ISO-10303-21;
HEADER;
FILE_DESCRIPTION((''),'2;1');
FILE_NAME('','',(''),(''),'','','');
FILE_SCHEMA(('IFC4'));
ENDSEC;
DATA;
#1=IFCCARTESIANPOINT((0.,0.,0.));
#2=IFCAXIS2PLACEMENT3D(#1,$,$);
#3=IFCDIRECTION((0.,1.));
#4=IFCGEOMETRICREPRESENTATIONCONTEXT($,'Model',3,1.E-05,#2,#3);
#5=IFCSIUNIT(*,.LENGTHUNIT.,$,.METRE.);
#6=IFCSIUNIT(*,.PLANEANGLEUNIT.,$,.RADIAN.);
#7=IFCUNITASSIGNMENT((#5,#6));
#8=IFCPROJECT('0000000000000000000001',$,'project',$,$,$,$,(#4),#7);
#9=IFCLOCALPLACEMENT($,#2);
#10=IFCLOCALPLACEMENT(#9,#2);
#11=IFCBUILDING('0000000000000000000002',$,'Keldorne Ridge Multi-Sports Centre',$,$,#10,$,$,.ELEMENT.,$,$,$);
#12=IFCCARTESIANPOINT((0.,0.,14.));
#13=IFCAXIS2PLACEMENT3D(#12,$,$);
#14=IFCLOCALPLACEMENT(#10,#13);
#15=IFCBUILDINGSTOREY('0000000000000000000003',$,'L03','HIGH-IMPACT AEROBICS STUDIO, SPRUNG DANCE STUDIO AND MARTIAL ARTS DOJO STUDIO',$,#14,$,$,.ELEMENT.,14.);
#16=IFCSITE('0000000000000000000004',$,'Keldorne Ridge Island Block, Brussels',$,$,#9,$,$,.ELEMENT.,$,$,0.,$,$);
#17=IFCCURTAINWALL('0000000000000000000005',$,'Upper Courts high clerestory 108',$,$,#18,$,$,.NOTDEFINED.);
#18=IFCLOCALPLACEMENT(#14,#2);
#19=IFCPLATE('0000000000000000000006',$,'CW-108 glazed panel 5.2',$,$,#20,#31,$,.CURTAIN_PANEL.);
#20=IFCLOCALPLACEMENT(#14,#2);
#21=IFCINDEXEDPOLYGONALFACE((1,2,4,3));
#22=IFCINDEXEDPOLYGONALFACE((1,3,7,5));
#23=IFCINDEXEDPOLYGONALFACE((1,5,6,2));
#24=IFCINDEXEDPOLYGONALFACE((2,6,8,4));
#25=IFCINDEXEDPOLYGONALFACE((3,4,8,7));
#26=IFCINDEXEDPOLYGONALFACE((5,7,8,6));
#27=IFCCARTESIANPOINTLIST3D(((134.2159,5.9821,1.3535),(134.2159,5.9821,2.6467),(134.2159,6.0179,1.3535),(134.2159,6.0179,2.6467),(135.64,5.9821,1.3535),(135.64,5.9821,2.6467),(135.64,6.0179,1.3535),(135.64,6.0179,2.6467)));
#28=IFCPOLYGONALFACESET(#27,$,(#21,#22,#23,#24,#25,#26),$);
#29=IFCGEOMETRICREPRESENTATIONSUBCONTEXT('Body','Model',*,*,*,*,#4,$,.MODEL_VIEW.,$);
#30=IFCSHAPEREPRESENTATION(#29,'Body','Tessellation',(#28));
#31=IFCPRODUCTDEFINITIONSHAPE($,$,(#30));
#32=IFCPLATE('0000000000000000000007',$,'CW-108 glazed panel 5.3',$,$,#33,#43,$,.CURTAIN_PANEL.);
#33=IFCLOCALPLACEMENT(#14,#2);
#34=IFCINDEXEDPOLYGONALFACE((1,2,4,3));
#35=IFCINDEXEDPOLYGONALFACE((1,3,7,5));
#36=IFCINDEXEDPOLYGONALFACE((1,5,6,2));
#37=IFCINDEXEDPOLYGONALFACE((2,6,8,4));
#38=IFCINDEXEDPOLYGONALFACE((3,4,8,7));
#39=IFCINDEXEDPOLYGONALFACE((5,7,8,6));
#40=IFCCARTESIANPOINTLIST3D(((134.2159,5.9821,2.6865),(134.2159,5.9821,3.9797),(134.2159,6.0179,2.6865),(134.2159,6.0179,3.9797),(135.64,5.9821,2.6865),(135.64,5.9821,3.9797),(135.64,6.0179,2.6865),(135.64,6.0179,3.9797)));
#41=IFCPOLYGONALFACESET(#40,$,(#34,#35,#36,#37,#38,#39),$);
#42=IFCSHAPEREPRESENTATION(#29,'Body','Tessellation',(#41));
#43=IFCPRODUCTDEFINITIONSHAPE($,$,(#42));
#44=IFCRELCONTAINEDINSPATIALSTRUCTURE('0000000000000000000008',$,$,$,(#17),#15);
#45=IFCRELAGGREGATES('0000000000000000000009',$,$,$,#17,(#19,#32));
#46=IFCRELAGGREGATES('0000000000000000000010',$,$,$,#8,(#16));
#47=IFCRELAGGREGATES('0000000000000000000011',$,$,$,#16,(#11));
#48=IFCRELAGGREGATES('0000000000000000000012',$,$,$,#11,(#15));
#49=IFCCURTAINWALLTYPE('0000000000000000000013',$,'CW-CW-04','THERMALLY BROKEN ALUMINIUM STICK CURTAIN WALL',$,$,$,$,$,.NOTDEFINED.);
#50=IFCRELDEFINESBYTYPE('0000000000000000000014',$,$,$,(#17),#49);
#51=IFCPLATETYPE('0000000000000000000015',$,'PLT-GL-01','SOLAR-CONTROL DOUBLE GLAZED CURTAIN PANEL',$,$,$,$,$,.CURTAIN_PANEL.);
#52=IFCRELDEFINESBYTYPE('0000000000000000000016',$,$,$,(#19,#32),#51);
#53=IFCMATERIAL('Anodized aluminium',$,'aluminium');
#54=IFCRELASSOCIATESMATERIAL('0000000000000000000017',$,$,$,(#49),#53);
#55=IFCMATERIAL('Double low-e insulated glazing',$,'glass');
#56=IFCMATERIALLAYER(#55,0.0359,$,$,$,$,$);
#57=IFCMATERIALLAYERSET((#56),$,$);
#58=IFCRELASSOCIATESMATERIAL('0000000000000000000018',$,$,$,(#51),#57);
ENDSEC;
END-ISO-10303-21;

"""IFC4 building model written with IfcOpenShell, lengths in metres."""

from ifc_helpers import new_model, si_unit, direction, frame, origin, origin_2d, place, context, subcontext, project, spatial, rectangle, extrude, material, layer, layer_set, type_object, element, aggregate, save


model = new_model("IFC4")

# Units and contexts
model_context = context("Model", 3, precision=1e-05, world=origin(), true_north=direction((0.0, 1.0)))
body_context = subcontext(model_context, "Body", "Model", "MODEL_VIEW")
ifc_project = project(units=[si_unit("LENGTHUNIT", "METRE"), si_unit("PLANEANGLEUNIT", "RADIAN")], contexts=[model_context])

# Site, building, storey
site_placement = place(None, origin())
site = spatial("IfcSite", under=ifc_project, at=site_placement, Name="Keldorne Ridge Island Block, Brussels", CompositionType="ELEMENT", RefElevation=0.0)
building_placement = place(site_placement, origin())
building = spatial("IfcBuilding", under=site, at=building_placement, Name="Keldorne Ridge Multi-Sports Centre", CompositionType="ELEMENT")
storey_placement = place(building_placement, frame((0.0, 0.0, 14.0)))
storey = spatial("IfcBuildingStorey", under=building, at=storey_placement, Name="L03", Description="HIGH-IMPACT AEROBICS STUDIO, SPRUNG DANCE STUDIO AND MARTIAL ARTS DOJO STUDIO", CompositionType="ELEMENT", Elevation=14.0)

# Curtain wall
ifc_material_1 = material(Name="Anodized aluminium", Category="aluminium")
curtain_wall_type = type_object("IfcCurtainWallType", Name="CW-CW-04", Description="THERMALLY BROKEN ALUMINIUM STICK CURTAIN WALL", PredefinedType="NOTDEFINED", material=ifc_material_1)
curtain_wall_placement = place(storey_placement, origin())
curtain_wall = element("IfcCurtainWall", 1, at=curtain_wall_placement, inside=storey, type_object=curtain_wall_type, Name="Upper Courts high clerestory 108", PredefinedType="NOTDEFINED")

# Plates
ifc_material_2 = material(Name="Double low-e insulated glazing", Category="glass")
ifc_layer = layer(ifc_material_2, 0.0359)
ifc_layer_set = layer_set([ifc_layer])
plate_type = type_object("IfcPlateType", Name="PLT-GL-01", Description="SOLAR-CONTROL DOUBLE GLAZED CURTAIN PANEL", PredefinedType="CURTAIN_PANEL", material=ifc_layer_set)
plate_1_placement = place(storey_placement, frame((134.928, 6.0, 1.3535), z_axis=(0.0, 0.0, 1.0), x_axis=(1.0, 0.0, 0.0)))
plate_1 = element("IfcPlate", 2, at=plate_1_placement, type_object=plate_type, Name="CW-108 glazed panel 5.2", PredefinedType="CURTAIN_PANEL", context=body_context, shape_type="SweptSolid", body=[
    extrude(rectangle(XDim=1.4241, YDim=0.0359, at=origin_2d()), origin(), (0.0, 0.0, 1.0), 1.2932),
])
plate_2_placement = place(storey_placement, frame((134.928, 6.0, 2.6865), z_axis=(0.0, 0.0, 1.0), x_axis=(1.0, 0.0, 0.0)))
plate_2 = element("IfcPlate", 3, at=plate_2_placement, type_object=plate_type, Name="CW-108 glazed panel 5.3", PredefinedType="CURTAIN_PANEL", context=body_context, shape_type="SweptSolid", body=[
    extrude(rectangle(XDim=1.4241, YDim=0.0359, at=origin_2d()), origin(), (0.0, 0.0, 1.0), 1.2932),
])
aggregate(curtain_wall, [plate_1, plate_2])

save(model, "model.ifc")
